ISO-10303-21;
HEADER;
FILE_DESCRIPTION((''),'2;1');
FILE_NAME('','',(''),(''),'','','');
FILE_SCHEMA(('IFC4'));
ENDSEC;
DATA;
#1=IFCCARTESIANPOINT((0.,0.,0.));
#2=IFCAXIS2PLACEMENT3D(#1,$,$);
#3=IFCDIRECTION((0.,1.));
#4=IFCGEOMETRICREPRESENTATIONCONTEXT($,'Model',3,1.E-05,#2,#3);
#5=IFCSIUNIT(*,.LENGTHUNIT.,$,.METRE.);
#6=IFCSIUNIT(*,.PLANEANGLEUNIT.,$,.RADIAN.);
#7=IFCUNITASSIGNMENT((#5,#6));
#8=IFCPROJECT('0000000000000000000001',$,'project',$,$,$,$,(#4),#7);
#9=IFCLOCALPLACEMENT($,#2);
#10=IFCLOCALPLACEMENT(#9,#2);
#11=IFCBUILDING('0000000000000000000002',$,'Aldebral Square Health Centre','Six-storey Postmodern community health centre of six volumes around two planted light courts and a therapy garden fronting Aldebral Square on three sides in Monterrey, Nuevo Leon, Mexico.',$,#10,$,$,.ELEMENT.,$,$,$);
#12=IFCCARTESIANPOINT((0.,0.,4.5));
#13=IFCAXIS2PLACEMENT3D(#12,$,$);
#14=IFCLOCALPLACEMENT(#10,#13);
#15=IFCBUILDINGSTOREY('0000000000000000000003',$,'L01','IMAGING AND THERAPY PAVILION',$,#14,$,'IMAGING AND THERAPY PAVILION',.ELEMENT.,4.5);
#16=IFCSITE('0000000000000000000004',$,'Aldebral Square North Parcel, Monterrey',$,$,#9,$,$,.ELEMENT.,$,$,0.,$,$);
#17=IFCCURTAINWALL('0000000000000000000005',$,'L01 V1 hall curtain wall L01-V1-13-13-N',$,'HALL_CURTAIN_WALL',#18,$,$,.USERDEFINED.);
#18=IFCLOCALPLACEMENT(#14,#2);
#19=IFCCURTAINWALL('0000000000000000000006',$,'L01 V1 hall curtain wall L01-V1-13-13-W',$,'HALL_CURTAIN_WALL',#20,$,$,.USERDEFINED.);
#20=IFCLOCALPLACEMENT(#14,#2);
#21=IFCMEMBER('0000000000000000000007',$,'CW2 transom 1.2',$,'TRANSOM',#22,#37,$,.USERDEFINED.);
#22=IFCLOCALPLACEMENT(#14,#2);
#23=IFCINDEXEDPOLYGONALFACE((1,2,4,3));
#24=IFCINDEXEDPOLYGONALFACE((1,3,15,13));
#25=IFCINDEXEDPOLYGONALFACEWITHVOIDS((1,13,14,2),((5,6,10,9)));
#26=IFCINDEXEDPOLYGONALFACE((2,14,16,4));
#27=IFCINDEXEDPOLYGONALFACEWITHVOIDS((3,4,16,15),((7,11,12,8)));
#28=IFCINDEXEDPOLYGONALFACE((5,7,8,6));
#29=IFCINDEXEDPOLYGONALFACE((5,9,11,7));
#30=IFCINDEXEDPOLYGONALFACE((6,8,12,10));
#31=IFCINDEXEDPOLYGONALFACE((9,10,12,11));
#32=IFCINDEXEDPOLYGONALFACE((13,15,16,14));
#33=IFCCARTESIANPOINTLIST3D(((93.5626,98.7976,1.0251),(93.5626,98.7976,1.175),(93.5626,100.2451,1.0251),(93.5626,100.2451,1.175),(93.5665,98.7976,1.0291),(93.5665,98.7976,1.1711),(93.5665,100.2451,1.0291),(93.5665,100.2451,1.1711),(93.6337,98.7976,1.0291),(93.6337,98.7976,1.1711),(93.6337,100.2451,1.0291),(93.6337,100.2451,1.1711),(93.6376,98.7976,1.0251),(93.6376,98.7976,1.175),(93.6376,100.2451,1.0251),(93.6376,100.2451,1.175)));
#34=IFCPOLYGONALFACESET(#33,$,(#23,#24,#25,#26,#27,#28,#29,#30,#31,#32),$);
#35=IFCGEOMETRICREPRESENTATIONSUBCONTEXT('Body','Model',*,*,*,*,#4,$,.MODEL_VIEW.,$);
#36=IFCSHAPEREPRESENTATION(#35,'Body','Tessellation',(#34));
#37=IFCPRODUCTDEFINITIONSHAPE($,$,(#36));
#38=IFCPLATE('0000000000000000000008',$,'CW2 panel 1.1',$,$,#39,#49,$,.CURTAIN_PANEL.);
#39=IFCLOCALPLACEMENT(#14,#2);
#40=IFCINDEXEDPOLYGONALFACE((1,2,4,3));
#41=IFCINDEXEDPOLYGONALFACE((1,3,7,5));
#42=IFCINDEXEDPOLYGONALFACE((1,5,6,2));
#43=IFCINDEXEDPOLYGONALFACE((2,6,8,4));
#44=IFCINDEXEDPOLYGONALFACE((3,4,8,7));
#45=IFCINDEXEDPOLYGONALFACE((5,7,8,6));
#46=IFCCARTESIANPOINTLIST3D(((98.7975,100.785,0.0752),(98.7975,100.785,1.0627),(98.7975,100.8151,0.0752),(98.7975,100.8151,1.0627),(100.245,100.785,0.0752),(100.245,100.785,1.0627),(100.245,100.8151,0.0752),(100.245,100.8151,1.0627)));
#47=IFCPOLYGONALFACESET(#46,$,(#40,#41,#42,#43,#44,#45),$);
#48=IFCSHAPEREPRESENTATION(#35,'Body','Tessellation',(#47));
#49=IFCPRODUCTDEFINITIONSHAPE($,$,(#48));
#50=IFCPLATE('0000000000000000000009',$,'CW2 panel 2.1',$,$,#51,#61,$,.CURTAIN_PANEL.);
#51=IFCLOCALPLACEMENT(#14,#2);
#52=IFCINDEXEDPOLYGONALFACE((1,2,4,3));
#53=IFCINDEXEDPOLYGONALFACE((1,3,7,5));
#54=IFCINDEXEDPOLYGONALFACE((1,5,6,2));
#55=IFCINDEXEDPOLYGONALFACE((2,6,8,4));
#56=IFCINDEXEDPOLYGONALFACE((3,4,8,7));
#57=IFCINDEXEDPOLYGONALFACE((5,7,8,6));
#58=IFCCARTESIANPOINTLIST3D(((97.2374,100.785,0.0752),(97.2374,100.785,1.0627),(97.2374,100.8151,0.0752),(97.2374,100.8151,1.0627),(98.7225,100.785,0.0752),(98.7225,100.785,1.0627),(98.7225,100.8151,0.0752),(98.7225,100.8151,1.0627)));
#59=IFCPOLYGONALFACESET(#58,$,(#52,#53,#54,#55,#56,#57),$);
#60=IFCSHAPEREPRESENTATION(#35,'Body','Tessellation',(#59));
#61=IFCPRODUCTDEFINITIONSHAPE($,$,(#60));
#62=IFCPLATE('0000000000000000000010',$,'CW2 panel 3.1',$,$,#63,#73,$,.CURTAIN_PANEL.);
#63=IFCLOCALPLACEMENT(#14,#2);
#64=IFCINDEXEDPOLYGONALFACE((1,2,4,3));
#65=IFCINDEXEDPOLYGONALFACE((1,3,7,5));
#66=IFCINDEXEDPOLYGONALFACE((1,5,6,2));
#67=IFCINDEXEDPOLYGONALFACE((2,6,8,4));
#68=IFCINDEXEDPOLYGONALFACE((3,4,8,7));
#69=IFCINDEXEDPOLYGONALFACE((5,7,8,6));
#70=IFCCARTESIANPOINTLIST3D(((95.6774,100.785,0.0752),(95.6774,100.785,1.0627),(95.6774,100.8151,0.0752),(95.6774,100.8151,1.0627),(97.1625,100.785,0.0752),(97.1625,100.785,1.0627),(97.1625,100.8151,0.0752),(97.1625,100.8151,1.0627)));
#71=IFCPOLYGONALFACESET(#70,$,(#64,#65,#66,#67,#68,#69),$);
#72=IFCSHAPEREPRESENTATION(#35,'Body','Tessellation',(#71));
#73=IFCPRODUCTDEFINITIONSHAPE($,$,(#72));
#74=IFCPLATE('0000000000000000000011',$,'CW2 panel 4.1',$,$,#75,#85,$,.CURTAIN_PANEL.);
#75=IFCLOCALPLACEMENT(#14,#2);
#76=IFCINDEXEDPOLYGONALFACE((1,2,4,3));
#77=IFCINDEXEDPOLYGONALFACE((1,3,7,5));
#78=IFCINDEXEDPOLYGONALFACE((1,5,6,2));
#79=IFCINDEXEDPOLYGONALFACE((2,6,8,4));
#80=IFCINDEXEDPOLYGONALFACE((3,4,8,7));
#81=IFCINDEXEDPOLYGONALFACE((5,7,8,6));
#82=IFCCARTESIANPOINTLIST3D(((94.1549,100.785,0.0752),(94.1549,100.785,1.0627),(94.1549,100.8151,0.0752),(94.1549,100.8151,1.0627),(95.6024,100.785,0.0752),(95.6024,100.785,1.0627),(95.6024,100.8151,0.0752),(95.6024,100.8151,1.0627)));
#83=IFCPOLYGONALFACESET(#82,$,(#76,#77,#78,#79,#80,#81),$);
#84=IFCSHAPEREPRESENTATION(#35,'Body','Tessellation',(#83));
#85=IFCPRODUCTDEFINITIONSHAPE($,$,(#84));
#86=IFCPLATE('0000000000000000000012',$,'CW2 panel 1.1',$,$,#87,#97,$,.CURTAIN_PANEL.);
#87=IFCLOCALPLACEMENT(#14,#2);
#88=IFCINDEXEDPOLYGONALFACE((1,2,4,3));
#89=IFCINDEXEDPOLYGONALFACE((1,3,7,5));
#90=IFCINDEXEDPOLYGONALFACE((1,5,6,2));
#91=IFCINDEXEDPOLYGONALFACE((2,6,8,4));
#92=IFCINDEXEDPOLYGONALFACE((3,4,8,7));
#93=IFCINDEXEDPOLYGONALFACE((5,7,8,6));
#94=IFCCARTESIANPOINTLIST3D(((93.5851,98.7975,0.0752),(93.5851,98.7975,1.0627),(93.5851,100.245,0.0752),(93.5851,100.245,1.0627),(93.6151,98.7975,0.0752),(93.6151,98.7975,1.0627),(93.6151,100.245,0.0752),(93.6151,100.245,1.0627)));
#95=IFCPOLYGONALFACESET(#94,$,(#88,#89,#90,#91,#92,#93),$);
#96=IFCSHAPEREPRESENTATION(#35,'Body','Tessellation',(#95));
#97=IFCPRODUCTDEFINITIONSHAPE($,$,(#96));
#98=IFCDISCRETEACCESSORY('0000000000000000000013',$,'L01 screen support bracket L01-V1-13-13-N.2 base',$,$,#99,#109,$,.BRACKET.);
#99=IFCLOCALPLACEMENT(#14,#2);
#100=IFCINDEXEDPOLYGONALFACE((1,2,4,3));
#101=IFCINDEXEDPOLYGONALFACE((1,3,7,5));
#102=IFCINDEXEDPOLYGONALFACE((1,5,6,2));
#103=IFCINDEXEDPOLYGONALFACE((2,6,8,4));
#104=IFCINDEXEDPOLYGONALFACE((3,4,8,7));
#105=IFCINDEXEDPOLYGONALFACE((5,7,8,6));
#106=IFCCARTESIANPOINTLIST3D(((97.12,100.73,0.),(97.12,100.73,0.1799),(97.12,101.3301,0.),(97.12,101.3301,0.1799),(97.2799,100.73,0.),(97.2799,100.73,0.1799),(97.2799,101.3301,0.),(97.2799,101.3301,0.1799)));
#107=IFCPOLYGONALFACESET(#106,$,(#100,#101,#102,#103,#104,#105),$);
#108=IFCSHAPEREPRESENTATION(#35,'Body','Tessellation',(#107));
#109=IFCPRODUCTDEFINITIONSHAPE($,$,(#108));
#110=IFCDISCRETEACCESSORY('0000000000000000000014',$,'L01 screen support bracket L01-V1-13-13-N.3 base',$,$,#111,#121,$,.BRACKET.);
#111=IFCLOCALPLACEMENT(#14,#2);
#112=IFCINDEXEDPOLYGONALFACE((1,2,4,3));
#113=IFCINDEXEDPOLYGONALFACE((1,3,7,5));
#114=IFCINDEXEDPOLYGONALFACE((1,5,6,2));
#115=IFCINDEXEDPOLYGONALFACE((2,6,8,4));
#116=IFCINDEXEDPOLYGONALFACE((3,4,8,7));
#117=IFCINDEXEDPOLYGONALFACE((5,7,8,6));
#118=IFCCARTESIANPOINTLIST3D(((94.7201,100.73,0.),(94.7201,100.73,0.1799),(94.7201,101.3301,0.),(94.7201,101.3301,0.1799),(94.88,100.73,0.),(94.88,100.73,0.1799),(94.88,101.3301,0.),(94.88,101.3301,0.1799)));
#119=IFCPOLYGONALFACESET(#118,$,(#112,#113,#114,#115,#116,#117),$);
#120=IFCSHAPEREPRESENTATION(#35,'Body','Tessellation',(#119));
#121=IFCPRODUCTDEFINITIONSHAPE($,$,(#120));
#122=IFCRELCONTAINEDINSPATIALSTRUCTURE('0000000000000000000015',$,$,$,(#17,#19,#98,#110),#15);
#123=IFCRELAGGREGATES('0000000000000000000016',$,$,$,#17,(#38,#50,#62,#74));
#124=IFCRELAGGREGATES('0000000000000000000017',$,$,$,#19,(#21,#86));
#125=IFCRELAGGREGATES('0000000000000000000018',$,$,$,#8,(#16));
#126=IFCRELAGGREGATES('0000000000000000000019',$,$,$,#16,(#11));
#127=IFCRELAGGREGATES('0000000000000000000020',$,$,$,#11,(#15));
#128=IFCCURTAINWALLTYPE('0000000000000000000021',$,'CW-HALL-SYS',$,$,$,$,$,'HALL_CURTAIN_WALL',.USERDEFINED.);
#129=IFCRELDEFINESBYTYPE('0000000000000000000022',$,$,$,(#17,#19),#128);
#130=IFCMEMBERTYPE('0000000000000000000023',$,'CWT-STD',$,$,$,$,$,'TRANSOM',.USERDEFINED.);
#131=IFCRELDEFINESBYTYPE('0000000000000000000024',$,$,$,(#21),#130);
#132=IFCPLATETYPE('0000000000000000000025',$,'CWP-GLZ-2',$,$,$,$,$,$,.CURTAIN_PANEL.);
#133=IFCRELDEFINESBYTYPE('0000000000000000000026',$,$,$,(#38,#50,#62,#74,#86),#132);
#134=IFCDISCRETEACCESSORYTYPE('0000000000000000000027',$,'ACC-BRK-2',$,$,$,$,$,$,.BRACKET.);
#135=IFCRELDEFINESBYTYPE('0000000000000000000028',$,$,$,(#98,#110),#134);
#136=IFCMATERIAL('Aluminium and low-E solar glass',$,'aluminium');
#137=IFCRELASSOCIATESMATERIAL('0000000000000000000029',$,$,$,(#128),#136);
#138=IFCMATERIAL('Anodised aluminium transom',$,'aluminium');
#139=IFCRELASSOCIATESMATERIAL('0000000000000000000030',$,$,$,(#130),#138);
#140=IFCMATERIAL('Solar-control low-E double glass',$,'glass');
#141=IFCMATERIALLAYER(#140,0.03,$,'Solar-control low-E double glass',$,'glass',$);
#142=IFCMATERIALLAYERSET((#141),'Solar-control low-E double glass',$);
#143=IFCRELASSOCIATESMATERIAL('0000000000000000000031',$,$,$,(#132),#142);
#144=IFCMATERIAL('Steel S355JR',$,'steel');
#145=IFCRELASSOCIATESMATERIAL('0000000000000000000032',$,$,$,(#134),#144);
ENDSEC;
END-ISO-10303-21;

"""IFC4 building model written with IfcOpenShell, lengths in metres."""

from ifc_helpers import new_model, si_unit, direction, frame, origin, origin_2d, place, context, subcontext, project, spatial, rectangle, hollow_rectangle, extrude, material, layer, layer_set, material_profile, profile_set, type_object, element, aggregate, save


model = new_model("IFC4")

# Units and contexts
model_context = context("Model", 3, precision=1e-05, world=origin(), true_north=direction((0.0, 1.0)))
body_context = subcontext(model_context, "Body", "Model", "MODEL_VIEW")
ifc_project = project(units=[si_unit("LENGTHUNIT", "METRE"), si_unit("PLANEANGLEUNIT", "RADIAN")], contexts=[model_context])

# Site, building, storey
site_placement = place(None, origin())
site = spatial("IfcSite", under=ifc_project, at=site_placement, Name="Aldebral Square North Parcel, Monterrey", CompositionType="ELEMENT", RefElevation=0.0)
building_placement = place(site_placement, origin())
building = spatial("IfcBuilding", under=site, at=building_placement, Name="Aldebral Square Health Centre", Description="Six-storey Postmodern community health centre of six volumes around two planted light courts and a therapy garden fronting Aldebral Square on three sides in Monterrey, Nuevo Leon, Mexico.", CompositionType="ELEMENT")
storey_placement = place(building_placement, frame((0.0, 0.0, 4.5)))
storey = spatial("IfcBuildingStorey", under=building, at=storey_placement, Name="L01", Description="IMAGING AND THERAPY PAVILION", LongName="IMAGING AND THERAPY PAVILION", CompositionType="ELEMENT", Elevation=4.5)

# Curtain walls
ifc_material_1 = material(Name="Aluminium and low-E solar glass", Category="aluminium")
curtain_wall_type = type_object("IfcCurtainWallType", Name="CW-HALL-SYS", ElementType="HALL_CURTAIN_WALL", PredefinedType="USERDEFINED", material=ifc_material_1)
curtain_wall_1_placement = place(storey_placement, origin())
curtain_wall_1 = element("IfcCurtainWall", 1, at=curtain_wall_1_placement, inside=storey, type_object=curtain_wall_type, Name="L01 V1 hall curtain wall L01-V1-13-13-N", ObjectType="HALL_CURTAIN_WALL", PredefinedType="USERDEFINED")
curtain_wall_2_placement = place(storey_placement, origin())
curtain_wall_2 = element("IfcCurtainWall", 2, at=curtain_wall_2_placement, inside=storey, type_object=curtain_wall_type, Name="L01 V1 hall curtain wall L01-V1-13-13-W", ObjectType="HALL_CURTAIN_WALL", PredefinedType="USERDEFINED")

# Member
ifc_material_2 = material(Name="Anodised aluminium transom", Category="aluminium")
ifc_material_profile_1 = material_profile(ifc_material_2, hollow_rectangle(XDim=0.075, YDim=0.1499, WallThickness=0.0039, at=origin_2d()), Name="CWT 75x150x4")
ifc_profile_set_1 = profile_set([ifc_material_profile_1], Name="Anodised aluminium transom")
member_type_1 = type_object("IfcMemberType", Name="CWT-STD", ElementType="TRANSOM", PredefinedType="USERDEFINED", material=ifc_profile_set_1)
member_1_placement = place(storey_placement, frame((93.6001, 100.2451, 1.1001), z_axis=(0.0, -1.0, 0.0), x_axis=(1.0, 0.0, 0.0)))
member_1 = element("IfcMember", 3, at=member_1_placement, type_object=member_type_1, Name="CW2 transom 1.2", ObjectType="TRANSOM", PredefinedType="USERDEFINED", context=body_context, shape_type="SweptSolid", body=[
    extrude(hollow_rectangle(XDim=0.075, YDim=0.1499, WallThickness=0.0039, at=origin_2d()), origin(), (0.0, 0.0, 1.0), 1.4475),
])

# Plates
ifc_material_3 = material(Name="Solar-control low-E double glass", Category="glass")
ifc_layer_1 = layer(ifc_material_3, 0.03, Name="Solar-control low-E double glass", Category="glass")
ifc_layer_set_1 = layer_set([ifc_layer_1], Name="Solar-control low-E double glass")
plate_type = type_object("IfcPlateType", Name="CWP-GLZ-2", PredefinedType="CURTAIN_PANEL", material=ifc_layer_set_1)
plate_1_placement = place(storey_placement, frame((99.5212, 100.8, 0.0752), z_axis=(0.0, 0.0, 1.0), x_axis=(-1.0, 0.0, 0.0)))
plate_1 = element("IfcPlate", 4, at=plate_1_placement, type_object=plate_type, Name="CW2 panel 1.1", PredefinedType="CURTAIN_PANEL", context=body_context, shape_type="SweptSolid", body=[
    extrude(rectangle(XDim=1.4475, YDim=0.03, at=origin_2d()), origin(), (0.0, 0.0, 1.0), 0.9875),
])
plate_2_placement = place(storey_placement, frame((97.98, 100.8, 0.0752), z_axis=(0.0, 0.0, 1.0), x_axis=(-1.0, 0.0, 0.0)))
plate_2 = element("IfcPlate", 5, at=plate_2_placement, type_object=plate_type, Name="CW2 panel 2.1", PredefinedType="CURTAIN_PANEL", context=body_context, shape_type="SweptSolid", body=[
    extrude(rectangle(XDim=1.4851, YDim=0.03, at=origin_2d()), origin(), (0.0, 0.0, 1.0), 0.9875),
])
plate_3_placement = place(storey_placement, frame((96.4199, 100.8, 0.0752), z_axis=(0.0, 0.0, 1.0), x_axis=(-1.0, 0.0, 0.0)))
plate_3 = element("IfcPlate", 6, at=plate_3_placement, type_object=plate_type, Name="CW2 panel 3.1", PredefinedType="CURTAIN_PANEL", context=body_context, shape_type="SweptSolid", body=[
    extrude(rectangle(XDim=1.4851, YDim=0.03, at=origin_2d()), origin(), (0.0, 0.0, 1.0), 0.9875),
])
plate_4_placement = place(storey_placement, frame((94.8787, 100.8, 0.0752), z_axis=(0.0, 0.0, 1.0), x_axis=(-1.0, 0.0, 0.0)))
plate_4 = element("IfcPlate", 7, at=plate_4_placement, type_object=plate_type, Name="CW2 panel 4.1", PredefinedType="CURTAIN_PANEL", context=body_context, shape_type="SweptSolid", body=[
    extrude(rectangle(XDim=1.4475, YDim=0.03, at=origin_2d()), origin(), (0.0, 0.0, 1.0), 0.9875),
])
aggregate(curtain_wall_1, [plate_1, plate_2, plate_3, plate_4])
plate_5_placement = place(storey_placement, frame((93.6001, 99.5212, 0.0752), z_axis=(0.0, 0.0, 1.0), x_axis=(0.0, -1.0, 0.0)))
plate_5 = element("IfcPlate", 8, at=plate_5_placement, type_object=plate_type, Name="CW2 panel 1.1", PredefinedType="CURTAIN_PANEL", context=body_context, shape_type="SweptSolid", body=[
    extrude(rectangle(XDim=1.4475, YDim=0.03, at=origin_2d()), origin(), (0.0, 0.0, 1.0), 0.9875),
])
aggregate(curtain_wall_2, [member_1, plate_5])

# Discrete accessories
ifc_material_4 = material(Name="Steel S355JR", Category="steel")
discrete_accessory_type = type_object("IfcDiscreteAccessoryType", Name="ACC-BRK-2", PredefinedType="BRACKET", material=ifc_material_4)
for number, where, z_axis, x_axis, name in (
    (9, (97.2, 101.03, 0.0), (0.0, 0.0, 1.0), (1.0, 0.0, 0.0), "L01 screen support bracket L01-V1-13-13-N.2 base"),
    (10, (94.8, 101.03, 0.0), (0.0, 0.0, 1.0), (1.0, 0.0, 0.0), "L01 screen support bracket L01-V1-13-13-N.3 base"),
):
    element("IfcDiscreteAccessory", number, at=place(storey_placement, frame(where, z_axis=z_axis, x_axis=x_axis)), inside=storey, type_object=discrete_accessory_type, Name=name, PredefinedType="BRACKET", context=body_context, shape_type="SweptSolid", body=[
        extrude(rectangle(XDim=0.1599, YDim=0.6001, at=origin_2d()), origin(), (0.0, 0.0, 1.0), 0.1799),
    ])

save(model, "model.ifc")
